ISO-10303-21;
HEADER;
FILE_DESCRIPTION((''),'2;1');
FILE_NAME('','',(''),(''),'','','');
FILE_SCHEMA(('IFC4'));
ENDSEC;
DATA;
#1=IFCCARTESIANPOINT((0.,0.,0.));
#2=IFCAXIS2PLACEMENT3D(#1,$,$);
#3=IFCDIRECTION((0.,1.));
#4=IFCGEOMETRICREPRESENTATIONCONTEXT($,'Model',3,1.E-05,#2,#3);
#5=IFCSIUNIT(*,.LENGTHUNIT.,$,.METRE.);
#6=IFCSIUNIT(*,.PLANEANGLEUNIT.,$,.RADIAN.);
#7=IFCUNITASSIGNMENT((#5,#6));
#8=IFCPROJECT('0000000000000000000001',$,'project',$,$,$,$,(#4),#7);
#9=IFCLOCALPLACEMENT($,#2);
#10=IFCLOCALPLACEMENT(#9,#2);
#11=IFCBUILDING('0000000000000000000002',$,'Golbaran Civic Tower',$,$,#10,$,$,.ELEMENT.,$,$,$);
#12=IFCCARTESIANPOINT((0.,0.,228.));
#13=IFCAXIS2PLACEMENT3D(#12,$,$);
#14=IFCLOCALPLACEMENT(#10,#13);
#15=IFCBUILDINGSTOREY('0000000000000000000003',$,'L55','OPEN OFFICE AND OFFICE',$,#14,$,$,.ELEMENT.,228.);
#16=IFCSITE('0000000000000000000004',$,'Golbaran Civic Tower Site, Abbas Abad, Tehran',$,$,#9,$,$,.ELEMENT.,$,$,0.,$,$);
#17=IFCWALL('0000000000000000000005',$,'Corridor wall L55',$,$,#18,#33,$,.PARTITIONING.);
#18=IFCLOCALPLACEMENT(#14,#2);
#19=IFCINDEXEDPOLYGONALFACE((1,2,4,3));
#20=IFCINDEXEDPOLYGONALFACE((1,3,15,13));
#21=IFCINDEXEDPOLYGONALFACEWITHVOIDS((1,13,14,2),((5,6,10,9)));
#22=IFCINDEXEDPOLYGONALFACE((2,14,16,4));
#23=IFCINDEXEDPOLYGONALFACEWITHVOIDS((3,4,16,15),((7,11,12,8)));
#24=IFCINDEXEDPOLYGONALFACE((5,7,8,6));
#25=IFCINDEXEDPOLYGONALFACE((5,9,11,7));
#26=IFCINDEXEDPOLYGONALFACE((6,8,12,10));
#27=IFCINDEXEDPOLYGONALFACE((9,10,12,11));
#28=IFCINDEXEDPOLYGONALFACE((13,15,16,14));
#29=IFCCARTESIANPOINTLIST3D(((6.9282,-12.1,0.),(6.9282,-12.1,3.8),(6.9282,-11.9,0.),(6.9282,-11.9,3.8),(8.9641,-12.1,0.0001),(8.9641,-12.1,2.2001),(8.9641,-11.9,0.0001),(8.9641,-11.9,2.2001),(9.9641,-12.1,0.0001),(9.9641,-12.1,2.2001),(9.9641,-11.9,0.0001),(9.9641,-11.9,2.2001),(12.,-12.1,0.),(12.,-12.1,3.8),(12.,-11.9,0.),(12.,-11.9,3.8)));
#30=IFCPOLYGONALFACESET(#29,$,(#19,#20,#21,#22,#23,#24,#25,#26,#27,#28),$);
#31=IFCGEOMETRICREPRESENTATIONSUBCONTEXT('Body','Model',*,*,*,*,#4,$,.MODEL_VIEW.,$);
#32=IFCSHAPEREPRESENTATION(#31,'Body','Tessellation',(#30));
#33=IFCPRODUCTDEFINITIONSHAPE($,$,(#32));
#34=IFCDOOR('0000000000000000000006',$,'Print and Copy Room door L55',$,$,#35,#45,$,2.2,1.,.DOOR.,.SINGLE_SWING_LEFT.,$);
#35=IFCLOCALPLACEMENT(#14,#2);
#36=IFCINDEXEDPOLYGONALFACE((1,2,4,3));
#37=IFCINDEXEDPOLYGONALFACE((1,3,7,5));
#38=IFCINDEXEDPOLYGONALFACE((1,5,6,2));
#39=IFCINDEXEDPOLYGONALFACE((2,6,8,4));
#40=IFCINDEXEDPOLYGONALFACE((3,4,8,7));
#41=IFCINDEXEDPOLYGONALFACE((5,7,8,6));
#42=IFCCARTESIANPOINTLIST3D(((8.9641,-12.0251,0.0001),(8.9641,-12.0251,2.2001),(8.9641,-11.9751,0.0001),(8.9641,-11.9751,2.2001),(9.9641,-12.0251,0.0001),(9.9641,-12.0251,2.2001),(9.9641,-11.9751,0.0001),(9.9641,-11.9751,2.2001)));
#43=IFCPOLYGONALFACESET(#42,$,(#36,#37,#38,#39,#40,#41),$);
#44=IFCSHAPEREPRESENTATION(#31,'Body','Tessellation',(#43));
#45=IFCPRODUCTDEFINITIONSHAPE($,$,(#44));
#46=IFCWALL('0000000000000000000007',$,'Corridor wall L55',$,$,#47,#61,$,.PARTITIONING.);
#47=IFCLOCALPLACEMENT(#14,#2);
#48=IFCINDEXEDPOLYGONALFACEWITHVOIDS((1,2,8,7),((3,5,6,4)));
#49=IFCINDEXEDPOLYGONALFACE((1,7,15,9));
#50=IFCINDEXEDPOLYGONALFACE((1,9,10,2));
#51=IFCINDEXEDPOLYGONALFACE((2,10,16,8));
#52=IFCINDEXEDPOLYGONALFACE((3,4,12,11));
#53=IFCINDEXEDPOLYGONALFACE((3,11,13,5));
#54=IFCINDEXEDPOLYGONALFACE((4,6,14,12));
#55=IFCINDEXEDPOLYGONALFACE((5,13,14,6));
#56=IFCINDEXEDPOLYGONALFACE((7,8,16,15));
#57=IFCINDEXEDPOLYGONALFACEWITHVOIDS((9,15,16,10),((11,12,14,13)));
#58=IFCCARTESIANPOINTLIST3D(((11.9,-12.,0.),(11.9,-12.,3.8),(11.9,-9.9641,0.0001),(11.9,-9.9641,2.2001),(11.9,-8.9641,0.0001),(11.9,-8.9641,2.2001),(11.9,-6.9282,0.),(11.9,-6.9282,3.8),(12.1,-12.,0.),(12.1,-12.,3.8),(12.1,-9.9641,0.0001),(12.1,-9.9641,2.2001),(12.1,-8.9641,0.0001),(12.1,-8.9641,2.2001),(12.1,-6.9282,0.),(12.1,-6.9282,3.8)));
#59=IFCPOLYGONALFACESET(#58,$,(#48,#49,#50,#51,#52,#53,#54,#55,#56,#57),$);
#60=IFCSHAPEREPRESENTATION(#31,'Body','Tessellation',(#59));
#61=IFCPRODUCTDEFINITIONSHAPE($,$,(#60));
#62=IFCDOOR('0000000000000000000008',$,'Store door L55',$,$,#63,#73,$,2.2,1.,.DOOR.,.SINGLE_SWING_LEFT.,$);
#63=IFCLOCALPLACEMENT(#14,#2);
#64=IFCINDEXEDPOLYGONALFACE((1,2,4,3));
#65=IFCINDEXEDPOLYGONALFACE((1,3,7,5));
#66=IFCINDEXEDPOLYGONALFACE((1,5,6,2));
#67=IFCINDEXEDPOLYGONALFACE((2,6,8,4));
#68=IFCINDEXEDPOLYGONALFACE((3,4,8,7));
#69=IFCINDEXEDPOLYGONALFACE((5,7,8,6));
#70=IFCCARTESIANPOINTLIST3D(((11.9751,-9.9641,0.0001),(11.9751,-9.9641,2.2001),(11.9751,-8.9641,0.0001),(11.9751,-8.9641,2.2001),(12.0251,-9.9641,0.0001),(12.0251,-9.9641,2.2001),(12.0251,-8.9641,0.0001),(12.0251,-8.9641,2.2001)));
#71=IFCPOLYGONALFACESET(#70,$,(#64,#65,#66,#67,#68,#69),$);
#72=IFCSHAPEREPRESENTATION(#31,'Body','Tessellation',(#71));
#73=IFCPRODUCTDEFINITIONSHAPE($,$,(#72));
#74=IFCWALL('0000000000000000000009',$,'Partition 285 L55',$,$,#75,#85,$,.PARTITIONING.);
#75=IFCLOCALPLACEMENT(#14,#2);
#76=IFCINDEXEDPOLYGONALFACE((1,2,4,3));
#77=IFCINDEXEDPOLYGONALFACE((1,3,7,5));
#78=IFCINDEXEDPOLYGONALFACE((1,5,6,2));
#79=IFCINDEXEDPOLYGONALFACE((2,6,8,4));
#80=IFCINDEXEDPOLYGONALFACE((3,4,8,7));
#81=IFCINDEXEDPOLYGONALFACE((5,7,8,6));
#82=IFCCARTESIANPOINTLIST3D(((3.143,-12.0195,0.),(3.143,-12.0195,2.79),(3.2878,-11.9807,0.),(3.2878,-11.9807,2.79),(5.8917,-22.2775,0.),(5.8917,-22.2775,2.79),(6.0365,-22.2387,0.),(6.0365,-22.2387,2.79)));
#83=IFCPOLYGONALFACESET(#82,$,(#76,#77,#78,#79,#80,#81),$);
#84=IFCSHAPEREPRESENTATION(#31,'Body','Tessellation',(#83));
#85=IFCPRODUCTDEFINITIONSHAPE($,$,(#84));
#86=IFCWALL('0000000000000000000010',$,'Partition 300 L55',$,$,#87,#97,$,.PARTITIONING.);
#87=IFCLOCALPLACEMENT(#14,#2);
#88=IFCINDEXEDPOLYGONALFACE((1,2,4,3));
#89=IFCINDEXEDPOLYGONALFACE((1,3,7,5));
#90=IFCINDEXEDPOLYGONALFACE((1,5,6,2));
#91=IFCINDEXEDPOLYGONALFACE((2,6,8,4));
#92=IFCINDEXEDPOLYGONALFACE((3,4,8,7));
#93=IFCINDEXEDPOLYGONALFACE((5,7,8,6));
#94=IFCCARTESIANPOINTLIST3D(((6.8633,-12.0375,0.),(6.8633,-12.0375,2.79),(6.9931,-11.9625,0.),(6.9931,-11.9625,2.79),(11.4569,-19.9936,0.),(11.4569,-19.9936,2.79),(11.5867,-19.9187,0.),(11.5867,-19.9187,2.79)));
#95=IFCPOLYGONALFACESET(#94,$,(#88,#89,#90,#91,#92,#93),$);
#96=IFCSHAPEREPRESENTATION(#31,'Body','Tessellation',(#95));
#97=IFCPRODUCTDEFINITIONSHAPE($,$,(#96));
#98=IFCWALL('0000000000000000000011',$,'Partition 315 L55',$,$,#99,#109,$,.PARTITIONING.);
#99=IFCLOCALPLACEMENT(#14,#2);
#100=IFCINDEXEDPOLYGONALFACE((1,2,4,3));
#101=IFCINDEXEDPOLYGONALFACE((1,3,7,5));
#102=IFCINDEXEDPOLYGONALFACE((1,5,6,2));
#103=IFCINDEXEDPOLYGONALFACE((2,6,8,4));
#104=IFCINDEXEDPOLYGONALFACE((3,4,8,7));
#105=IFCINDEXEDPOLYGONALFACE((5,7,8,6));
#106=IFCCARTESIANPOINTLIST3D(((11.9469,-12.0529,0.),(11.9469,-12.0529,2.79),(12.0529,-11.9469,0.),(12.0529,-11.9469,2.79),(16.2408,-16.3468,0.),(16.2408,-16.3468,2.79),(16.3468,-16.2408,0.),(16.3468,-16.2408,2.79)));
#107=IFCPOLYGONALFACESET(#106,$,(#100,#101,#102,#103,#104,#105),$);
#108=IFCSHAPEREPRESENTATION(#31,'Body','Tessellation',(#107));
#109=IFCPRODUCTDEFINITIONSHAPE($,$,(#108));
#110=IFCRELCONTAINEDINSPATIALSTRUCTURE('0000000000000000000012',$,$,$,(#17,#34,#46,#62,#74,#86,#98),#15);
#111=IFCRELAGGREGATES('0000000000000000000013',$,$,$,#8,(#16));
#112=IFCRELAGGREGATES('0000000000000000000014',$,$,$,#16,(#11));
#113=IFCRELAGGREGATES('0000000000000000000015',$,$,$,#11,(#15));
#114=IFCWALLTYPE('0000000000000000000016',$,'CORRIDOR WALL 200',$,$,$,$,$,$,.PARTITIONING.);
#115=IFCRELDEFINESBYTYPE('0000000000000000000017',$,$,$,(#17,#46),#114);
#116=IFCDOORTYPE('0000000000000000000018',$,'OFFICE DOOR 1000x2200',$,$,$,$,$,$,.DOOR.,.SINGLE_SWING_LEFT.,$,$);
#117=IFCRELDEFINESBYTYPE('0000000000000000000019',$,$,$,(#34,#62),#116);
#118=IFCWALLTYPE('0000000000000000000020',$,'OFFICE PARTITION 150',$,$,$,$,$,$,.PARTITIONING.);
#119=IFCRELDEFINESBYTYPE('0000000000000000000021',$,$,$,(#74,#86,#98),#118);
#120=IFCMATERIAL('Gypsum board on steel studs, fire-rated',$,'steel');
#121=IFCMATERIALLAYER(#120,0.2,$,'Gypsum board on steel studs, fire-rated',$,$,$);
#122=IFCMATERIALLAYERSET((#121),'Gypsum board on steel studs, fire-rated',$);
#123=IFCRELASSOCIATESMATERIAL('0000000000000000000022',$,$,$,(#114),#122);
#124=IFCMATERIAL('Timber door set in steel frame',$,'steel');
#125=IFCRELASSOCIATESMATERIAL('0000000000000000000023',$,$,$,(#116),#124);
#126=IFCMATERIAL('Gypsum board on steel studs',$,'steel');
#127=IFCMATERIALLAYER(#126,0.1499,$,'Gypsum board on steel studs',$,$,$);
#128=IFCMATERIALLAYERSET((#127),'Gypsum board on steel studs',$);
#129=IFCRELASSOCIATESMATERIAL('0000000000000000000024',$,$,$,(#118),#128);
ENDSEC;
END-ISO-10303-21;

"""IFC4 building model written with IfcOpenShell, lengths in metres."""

from ifc_helpers import new_model, si_unit, direction, frame, frame_2d, origin, place, context, subcontext, project, spatial, rectangle, extrude, material, layer, layer_set, type_object, element, fill, save


model = new_model("IFC4")

# Units and contexts
model_context = context("Model", 3, precision=1e-05, world=origin(), true_north=direction((0.0, 1.0)))
body_context = subcontext(model_context, "Body", "Model", "MODEL_VIEW")
ifc_project = project(units=[si_unit("LENGTHUNIT", "METRE"), si_unit("PLANEANGLEUNIT", "RADIAN")], contexts=[model_context])

# Site, building, storey
site_placement = place(None, origin())
site = spatial("IfcSite", under=ifc_project, at=site_placement, Name="Golbaran Civic Tower Site, Abbas Abad, Tehran", CompositionType="ELEMENT", RefElevation=0.0)
building_placement = place(site_placement, origin())
building = spatial("IfcBuilding", under=site, at=building_placement, Name="Golbaran Civic Tower", CompositionType="ELEMENT")
storey_placement = place(building_placement, frame((0.0, 0.0, 228.0)))
storey = spatial("IfcBuildingStorey", under=building, at=storey_placement, Name="L55", Description="OPEN OFFICE AND OFFICE", CompositionType="ELEMENT", Elevation=228.0)

# Shared definitions
ifc_material_1 = material(Name="Timber door set in steel frame", Category="steel")

# Walls, openings, doors
ifc_material_2 = material(Name="Gypsum board on steel studs, fire-rated", Category="steel")
ifc_layer_1 = layer(ifc_material_2, 0.2, Name="Gypsum board on steel studs, fire-rated")
ifc_layer_set_1 = layer_set([ifc_layer_1], Name="Gypsum board on steel studs, fire-rated")
wall_type_1 = type_object("IfcWallType", Name="CORRIDOR WALL 200", PredefinedType="PARTITIONING", material=ifc_layer_set_1)
wall_1_placement = place(storey_placement, frame((6.9282, -12.0, 0.0), z_axis=(0.0, 0.0, 1.0), x_axis=(1.0, 0.0, 0.0)))
wall_1 = element("IfcWall", 1, at=wall_1_placement, inside=storey, type_object=wall_type_1, Name="Corridor wall L55", PredefinedType="PARTITIONING", context=body_context, shape_type="SweptSolid", body=[
    extrude(rectangle(XDim=5.0718, YDim=0.2, at=frame_2d((2.5359, 0.0))), origin(), (0.0, 0.0, 1.0), 3.8),
])
opening_1_placement = place(wall_1_placement, frame((2.0359, 0.0, 0.0)))
opening_1 = element("IfcOpeningElement", 2, at=opening_1_placement, cuts=wall_1, PredefinedType="OPENING", context=body_context, shape_type="SweptSolid", body=[
    extrude(rectangle(XDim=1.0, YDim=2.2, at=frame_2d((0.5, 1.1001))), frame((0.0, 0.1099, 0.0), z_axis=(0.0, -1.0, 0.0), x_axis=(1.0, 0.0, 0.0)), (0.0, 0.0, 1.0), 0.22),
])
door_type_1 = type_object("IfcDoorType", Name="OFFICE DOOR 1000x2200", OperationType="SINGLE_SWING_LEFT", PredefinedType="DOOR", material=ifc_material_1)
door_1_placement = place(opening_1_placement, origin())
door_1 = element("IfcDoor", 3, at=door_1_placement, inside=storey, type_object=door_type_1, Name="Print and Copy Room door L55", OperationType="SINGLE_SWING_LEFT", OverallHeight=2.2, OverallWidth=1.0, PredefinedType="DOOR", context=body_context, shape_type="SweptSolid", body=[
    extrude(rectangle(XDim=1.0, YDim=2.2, at=frame_2d((0.5, 1.1001))), frame((0.0, 0.0249, 0.0), z_axis=(0.0, -1.0, 0.0), x_axis=(1.0, 0.0, 0.0)), (0.0, 0.0, 1.0), 0.05),
])
fill(opening_1, door_1)
wall_2_placement = place(storey_placement, frame((12.0, -12.0, 0.0), z_axis=(0.0, 0.0, 1.0), x_axis=(0.0, 1.0, 0.0)))
wall_2 = element("IfcWall", 4, at=wall_2_placement, inside=storey, type_object=wall_type_1, Name="Corridor wall L55", PredefinedType="PARTITIONING", context=body_context, shape_type="SweptSolid", body=[
    extrude(rectangle(XDim=5.0718, YDim=0.2, at=frame_2d((2.5359, 0.0))), origin(), (0.0, 0.0, 1.0), 3.8),
])
opening_2_placement = place(wall_2_placement, frame((2.0359, 0.0, 0.0)))
opening_2 = element("IfcOpeningElement", 5, at=opening_2_placement, cuts=wall_2, PredefinedType="OPENING", context=body_context, shape_type="SweptSolid", body=[
    extrude(rectangle(XDim=1.0, YDim=2.2, at=frame_2d((0.5, 1.1001))), frame((0.0, 0.1099, 0.0), z_axis=(0.0, -1.0, 0.0), x_axis=(1.0, 0.0, 0.0)), (0.0, 0.0, 1.0), 0.22),
])
door_2_placement = place(opening_2_placement, origin())
door_2 = element("IfcDoor", 6, at=door_2_placement, inside=storey, type_object=door_type_1, Name="Store door L55", OperationType="SINGLE_SWING_LEFT", OverallHeight=2.2, OverallWidth=1.0, PredefinedType="DOOR", context=body_context, shape_type="SweptSolid", body=[
    extrude(rectangle(XDim=1.0, YDim=2.2, at=frame_2d((0.5, 1.1001))), frame((0.0, 0.0249, 0.0), z_axis=(0.0, -1.0, 0.0), x_axis=(1.0, 0.0, 0.0)), (0.0, 0.0, 1.0), 0.05),
])
fill(opening_2, door_2)

# Walls
ifc_material_3 = material(Name="Gypsum board on steel studs", Category="steel")
ifc_layer_2 = layer(ifc_material_3, 0.1499, Name="Gypsum board on steel studs")
ifc_layer_set_2 = layer_set([ifc_layer_2], Name="Gypsum board on steel studs")
wall_type_2 = type_object("IfcWallType", Name="OFFICE PARTITION 150", PredefinedType="PARTITIONING", material=ifc_layer_set_2)
wall_3_placement = place(storey_placement, frame((3.2153, -12.0, 0.0), z_axis=(0.0, 0.0, 1.0), x_axis=(0.258831, -0.965922, 0.0)))
element("IfcWall", 7, at=wall_3_placement, inside=storey, type_object=wall_type_2, Name="Partition 285 L55", PredefinedType="PARTITIONING", context=body_context, shape_type="SweptSolid", body=[
    extrude(rectangle(XDim=10.6199, YDim=0.1499, at=frame_2d((5.3101, 0.0))), origin(), (0.0, 0.0, 1.0), 2.79),
])
wall_4_placement = place(storey_placement, frame((6.9282, -12.0, 0.0), z_axis=(0.0, 0.0, 1.0), x_axis=(0.500006, -0.866022, 0.0)))
element("IfcWall", 8, at=wall_4_placement, inside=storey, type_object=wall_type_2, Name="Partition 300 L55", PredefinedType="PARTITIONING", context=body_context, shape_type="SweptSolid", body=[
    extrude(rectangle(XDim=9.187, YDim=0.1499, at=frame_2d((4.5935, 0.0))), origin(), (0.0, 0.0, 1.0), 2.79),
])
wall_5_placement = place(storey_placement, frame((12.0, -12.0, 0.0), z_axis=(0.0, 0.0, 1.0), x_axis=(0.707107, -0.707107, 0.0)))
element("IfcWall", 9, at=wall_5_placement, inside=storey, type_object=wall_type_2, Name="Partition 315 L55", PredefinedType="PARTITIONING", context=body_context, shape_type="SweptSolid", body=[
    extrude(rectangle(XDim=6.0725, YDim=0.1499, at=frame_2d((3.0361, 0.0))), origin(), (0.0, 0.0, 1.0), 2.79),
])

save(model, "model.ifc")
